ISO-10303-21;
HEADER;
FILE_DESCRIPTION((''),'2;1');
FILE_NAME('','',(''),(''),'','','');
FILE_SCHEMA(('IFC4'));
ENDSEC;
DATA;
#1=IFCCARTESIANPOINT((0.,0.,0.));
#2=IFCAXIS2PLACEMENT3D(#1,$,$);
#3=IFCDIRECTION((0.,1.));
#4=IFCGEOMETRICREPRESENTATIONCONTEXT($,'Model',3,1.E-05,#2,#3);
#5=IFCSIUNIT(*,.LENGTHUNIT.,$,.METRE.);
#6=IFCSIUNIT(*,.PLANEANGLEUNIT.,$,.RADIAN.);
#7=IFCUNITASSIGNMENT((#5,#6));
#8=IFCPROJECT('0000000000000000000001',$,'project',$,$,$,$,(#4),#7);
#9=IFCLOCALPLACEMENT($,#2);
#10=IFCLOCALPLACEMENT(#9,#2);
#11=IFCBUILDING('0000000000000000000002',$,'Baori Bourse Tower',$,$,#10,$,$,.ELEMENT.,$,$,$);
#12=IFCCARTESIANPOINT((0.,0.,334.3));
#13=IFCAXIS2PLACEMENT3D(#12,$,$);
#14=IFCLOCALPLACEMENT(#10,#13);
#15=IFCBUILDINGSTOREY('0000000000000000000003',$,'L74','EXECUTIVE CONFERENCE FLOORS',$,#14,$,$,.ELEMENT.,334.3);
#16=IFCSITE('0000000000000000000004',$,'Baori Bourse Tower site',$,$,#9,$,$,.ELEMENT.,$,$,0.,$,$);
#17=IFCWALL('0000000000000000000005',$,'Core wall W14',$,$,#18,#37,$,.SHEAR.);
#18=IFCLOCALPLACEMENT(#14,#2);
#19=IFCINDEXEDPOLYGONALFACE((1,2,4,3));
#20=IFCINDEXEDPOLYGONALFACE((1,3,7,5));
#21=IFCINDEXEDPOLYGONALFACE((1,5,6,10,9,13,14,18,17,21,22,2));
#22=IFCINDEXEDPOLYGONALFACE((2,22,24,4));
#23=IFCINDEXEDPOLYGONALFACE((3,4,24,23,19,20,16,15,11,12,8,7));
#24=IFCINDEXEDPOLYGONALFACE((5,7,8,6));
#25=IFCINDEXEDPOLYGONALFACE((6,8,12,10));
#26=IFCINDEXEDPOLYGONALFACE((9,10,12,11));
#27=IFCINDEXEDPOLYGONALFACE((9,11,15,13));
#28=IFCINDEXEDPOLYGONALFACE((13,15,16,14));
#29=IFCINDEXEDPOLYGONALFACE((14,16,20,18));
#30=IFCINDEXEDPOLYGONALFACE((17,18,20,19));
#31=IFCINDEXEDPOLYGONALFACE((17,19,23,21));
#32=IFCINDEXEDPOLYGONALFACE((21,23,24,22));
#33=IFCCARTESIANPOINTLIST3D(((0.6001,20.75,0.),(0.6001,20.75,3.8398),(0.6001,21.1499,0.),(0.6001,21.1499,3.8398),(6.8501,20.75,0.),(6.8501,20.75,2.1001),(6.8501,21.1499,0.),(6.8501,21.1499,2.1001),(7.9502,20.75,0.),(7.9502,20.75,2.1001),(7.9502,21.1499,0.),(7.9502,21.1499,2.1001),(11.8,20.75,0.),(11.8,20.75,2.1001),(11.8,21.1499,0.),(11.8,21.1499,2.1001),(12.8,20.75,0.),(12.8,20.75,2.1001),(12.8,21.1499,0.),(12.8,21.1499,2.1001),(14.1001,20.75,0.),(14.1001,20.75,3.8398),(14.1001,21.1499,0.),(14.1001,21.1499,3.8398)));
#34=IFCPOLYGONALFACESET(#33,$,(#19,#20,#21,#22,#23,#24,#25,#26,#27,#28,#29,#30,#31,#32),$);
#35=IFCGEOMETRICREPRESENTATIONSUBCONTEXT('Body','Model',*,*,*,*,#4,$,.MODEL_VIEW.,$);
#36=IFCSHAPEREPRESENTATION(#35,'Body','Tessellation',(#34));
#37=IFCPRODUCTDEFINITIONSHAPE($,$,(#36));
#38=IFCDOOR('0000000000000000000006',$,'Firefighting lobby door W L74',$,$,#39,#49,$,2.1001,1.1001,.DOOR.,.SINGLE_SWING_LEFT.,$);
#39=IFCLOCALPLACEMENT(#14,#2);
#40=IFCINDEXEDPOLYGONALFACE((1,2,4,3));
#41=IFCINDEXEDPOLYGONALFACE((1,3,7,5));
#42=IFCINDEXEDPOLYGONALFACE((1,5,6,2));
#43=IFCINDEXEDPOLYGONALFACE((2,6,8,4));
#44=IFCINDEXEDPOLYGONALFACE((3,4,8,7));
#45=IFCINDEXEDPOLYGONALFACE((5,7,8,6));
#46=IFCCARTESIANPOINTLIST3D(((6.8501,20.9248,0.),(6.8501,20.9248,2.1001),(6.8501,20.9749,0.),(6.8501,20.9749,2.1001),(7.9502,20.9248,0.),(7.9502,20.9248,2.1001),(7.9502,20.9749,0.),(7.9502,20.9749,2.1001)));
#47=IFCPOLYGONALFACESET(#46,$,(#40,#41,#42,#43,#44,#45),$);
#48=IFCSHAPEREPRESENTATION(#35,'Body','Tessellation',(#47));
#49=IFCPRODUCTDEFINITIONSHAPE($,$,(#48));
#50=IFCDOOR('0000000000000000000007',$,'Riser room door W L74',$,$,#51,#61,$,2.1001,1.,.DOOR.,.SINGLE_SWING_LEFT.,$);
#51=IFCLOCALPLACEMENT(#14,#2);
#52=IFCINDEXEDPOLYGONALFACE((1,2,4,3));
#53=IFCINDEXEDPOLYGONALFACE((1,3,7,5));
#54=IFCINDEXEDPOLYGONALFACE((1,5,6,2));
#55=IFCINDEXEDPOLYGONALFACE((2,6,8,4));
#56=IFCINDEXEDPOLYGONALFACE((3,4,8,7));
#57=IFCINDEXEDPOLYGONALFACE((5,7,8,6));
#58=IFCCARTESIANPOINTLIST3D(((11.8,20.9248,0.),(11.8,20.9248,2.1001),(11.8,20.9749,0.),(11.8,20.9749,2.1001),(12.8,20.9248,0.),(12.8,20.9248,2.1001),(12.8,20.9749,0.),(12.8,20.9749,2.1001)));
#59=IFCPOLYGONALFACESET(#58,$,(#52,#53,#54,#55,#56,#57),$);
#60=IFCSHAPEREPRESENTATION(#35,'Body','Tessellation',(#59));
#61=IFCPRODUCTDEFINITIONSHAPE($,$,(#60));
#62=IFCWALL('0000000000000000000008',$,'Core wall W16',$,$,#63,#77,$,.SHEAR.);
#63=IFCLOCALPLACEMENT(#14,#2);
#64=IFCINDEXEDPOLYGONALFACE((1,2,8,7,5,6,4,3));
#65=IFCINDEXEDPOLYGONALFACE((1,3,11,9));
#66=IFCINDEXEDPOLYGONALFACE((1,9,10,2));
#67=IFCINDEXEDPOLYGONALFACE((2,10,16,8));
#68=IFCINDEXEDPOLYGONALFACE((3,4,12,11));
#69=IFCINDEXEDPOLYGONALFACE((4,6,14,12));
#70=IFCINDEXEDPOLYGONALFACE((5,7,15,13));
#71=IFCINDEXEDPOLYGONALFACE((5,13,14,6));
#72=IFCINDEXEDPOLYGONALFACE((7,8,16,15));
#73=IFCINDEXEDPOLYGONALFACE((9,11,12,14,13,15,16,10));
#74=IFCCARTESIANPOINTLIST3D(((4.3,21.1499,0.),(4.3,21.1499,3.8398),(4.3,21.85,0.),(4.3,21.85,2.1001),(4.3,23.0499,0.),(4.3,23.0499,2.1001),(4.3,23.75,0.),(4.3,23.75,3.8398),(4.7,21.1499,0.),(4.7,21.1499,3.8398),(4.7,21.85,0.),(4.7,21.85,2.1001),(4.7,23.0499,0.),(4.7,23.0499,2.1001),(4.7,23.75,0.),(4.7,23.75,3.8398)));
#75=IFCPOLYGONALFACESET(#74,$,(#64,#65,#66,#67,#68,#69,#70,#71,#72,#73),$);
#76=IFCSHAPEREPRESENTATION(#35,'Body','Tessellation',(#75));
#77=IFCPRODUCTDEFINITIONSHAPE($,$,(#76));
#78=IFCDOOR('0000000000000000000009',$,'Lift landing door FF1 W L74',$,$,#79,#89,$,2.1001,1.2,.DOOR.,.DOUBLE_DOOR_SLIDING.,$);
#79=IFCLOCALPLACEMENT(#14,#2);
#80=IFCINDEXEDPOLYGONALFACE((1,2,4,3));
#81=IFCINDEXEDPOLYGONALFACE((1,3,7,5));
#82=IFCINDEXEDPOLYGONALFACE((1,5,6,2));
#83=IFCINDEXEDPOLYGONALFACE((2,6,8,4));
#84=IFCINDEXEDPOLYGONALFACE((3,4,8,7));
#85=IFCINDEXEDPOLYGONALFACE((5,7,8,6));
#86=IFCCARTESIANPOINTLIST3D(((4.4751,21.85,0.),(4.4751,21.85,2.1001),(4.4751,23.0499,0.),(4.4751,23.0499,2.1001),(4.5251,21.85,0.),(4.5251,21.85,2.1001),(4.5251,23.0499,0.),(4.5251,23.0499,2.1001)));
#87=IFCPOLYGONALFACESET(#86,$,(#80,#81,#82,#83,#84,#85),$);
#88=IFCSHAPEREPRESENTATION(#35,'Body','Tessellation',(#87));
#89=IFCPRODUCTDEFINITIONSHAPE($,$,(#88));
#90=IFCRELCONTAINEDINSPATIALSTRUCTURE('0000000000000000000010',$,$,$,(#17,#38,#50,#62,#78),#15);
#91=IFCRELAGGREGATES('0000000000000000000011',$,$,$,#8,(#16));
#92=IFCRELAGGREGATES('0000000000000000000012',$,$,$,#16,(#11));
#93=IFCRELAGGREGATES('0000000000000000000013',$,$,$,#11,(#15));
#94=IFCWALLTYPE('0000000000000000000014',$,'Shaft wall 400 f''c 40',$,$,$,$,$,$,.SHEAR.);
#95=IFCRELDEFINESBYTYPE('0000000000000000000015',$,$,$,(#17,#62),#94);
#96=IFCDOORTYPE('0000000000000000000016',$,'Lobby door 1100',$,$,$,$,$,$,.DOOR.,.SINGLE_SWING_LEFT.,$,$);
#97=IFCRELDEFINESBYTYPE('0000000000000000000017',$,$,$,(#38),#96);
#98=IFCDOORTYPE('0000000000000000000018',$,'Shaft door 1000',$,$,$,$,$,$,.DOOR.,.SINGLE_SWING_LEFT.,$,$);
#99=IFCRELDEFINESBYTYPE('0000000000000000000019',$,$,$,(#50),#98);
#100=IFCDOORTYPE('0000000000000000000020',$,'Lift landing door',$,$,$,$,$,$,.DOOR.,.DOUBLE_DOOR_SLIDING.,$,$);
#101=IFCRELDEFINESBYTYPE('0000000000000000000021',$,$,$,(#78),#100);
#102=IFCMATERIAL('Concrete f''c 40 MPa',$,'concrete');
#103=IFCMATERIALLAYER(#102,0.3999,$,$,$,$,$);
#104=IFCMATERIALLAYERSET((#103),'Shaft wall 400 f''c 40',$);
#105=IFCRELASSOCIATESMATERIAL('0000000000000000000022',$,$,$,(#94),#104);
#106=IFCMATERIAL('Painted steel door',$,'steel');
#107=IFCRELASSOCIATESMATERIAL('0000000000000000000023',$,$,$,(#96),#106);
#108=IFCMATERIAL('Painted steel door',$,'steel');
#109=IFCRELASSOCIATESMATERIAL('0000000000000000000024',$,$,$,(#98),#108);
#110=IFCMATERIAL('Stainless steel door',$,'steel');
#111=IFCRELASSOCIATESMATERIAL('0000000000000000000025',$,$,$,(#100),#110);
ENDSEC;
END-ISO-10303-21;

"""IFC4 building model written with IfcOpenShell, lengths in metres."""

from ifc_helpers import new_model, si_unit, direction, frame, frame_2d, origin, place, context, subcontext, project, spatial, rectangle, extrude, material, layer, layer_set, type_object, element, fill, save


model = new_model("IFC4")

# Units and contexts
model_context = context("Model", 3, precision=1e-05, world=origin(), true_north=direction((0.0, 1.0)))
body_context = subcontext(model_context, "Body", "Model", "MODEL_VIEW")
ifc_project = project(units=[si_unit("LENGTHUNIT", "METRE"), si_unit("PLANEANGLEUNIT", "RADIAN")], contexts=[model_context])

# Site, building, storey
site_placement = place(None, origin())
site = spatial("IfcSite", under=ifc_project, at=site_placement, Name="Baori Bourse Tower site", CompositionType="ELEMENT", RefElevation=0.0)
building_placement = place(site_placement, origin())
building = spatial("IfcBuilding", under=site, at=building_placement, Name="Baori Bourse Tower", CompositionType="ELEMENT")
storey_placement = place(building_placement, frame((0.0, 0.0, 334.3)))
storey = spatial("IfcBuildingStorey", under=building, at=storey_placement, Name="L74", Description="EXECUTIVE CONFERENCE FLOORS", CompositionType="ELEMENT", Elevation=334.3)

# Shared definitions
ifc_material_1 = material(Name="Concrete f'c 40 MPa", Category="concrete")
ifc_layer_1 = layer(ifc_material_1, 0.3999)
ifc_layer_set_1 = layer_set([ifc_layer_1], Name="Shaft wall 400 f'c 40")
wall_type_1 = type_object("IfcWallType", Name="Shaft wall 400 f'c 40", PredefinedType="SHEAR", material=ifc_layer_set_1)

# Wall, openings, doors
wall_1_placement = place(storey_placement, frame((0.6001, 20.95, 0.0), z_axis=(0.0, 0.0, 1.0), x_axis=(1.0, 0.0, 0.0)))
wall_1 = element("IfcWall", 1, at=wall_1_placement, inside=storey, type_object=wall_type_1, Name="Core wall W14", PredefinedType="SHEAR", context=body_context, shape_type="SweptSolid", body=[
    extrude(rectangle(XDim=13.5, YDim=0.3999, at=frame_2d((6.75, 0.0))), origin(), (0.0, 0.0, 1.0), 3.8398),
])
opening_1_placement = place(wall_1_placement, frame((6.25, 0.0, 0.0)))
opening_1 = element("IfcOpeningElement", 2, at=opening_1_placement, cuts=wall_1, PredefinedType="OPENING", context=body_context, shape_type="SweptSolid", body=[
    extrude(rectangle(XDim=1.1001, YDim=2.1001, at=frame_2d((0.55, 1.05))), frame((0.0, 0.21, 0.0), z_axis=(0.0, -1.0, 0.0), x_axis=(1.0, 0.0, 0.0)), (0.0, 0.0, 1.0), 0.4199),
])
opening_2_placement = place(wall_1_placement, frame((11.2, 0.0, 0.0)))
opening_2 = element("IfcOpeningElement", 3, at=opening_2_placement, cuts=wall_1, PredefinedType="OPENING", context=body_context, shape_type="SweptSolid", body=[
    extrude(rectangle(XDim=1.0, YDim=2.1001, at=frame_2d((0.5, 1.05))), frame((0.0, 0.21, 0.0), z_axis=(0.0, -1.0, 0.0), x_axis=(1.0, 0.0, 0.0)), (0.0, 0.0, 1.0), 0.4199),
])
ifc_material_2 = material(Name="Painted steel door", Category="steel")
door_type_1 = type_object("IfcDoorType", Name="Lobby door 1100", OperationType="SINGLE_SWING_LEFT", PredefinedType="DOOR", material=ifc_material_2)
door_1_placement = place(opening_1_placement, origin())
door_1 = element("IfcDoor", 4, at=door_1_placement, inside=storey, type_object=door_type_1, Name="Firefighting lobby door W L74", OperationType="SINGLE_SWING_LEFT", OverallHeight=2.1001, OverallWidth=1.1001, PredefinedType="DOOR", context=body_context, shape_type="SweptSolid", body=[
    extrude(rectangle(XDim=1.1001, YDim=2.1001, at=frame_2d((0.55, 1.05))), frame((0.0, 0.0249, 0.0), z_axis=(0.0, -1.0, 0.0), x_axis=(1.0, 0.0, 0.0)), (0.0, 0.0, 1.0), 0.05),
])
fill(opening_1, door_1)
ifc_material_3 = material(Name="Painted steel door", Category="steel")
door_type_2 = type_object("IfcDoorType", Name="Shaft door 1000", OperationType="SINGLE_SWING_LEFT", PredefinedType="DOOR", material=ifc_material_3)
door_2_placement = place(opening_2_placement, origin())
door_2 = element("IfcDoor", 5, at=door_2_placement, inside=storey, type_object=door_type_2, Name="Riser room door W L74", OperationType="SINGLE_SWING_LEFT", OverallHeight=2.1001, OverallWidth=1.0, PredefinedType="DOOR", context=body_context, shape_type="SweptSolid", body=[
    extrude(rectangle(XDim=1.0, YDim=2.1001, at=frame_2d((0.5, 1.05))), frame((0.0, 0.0249, 0.0), z_axis=(0.0, -1.0, 0.0), x_axis=(1.0, 0.0, 0.0)), (0.0, 0.0, 1.0), 0.05),
])
fill(opening_2, door_2)

# Wall, opening, door
wall_2_placement = place(storey_placement, frame((4.5, 21.1499, 0.0), z_axis=(0.0, 0.0, 1.0), x_axis=(0.0, 1.0, 0.0)))
wall_2 = element("IfcWall", 6, at=wall_2_placement, inside=storey, type_object=wall_type_1, Name="Core wall W16", PredefinedType="SHEAR", context=body_context, shape_type="SweptSolid", body=[
    extrude(rectangle(XDim=2.6001, YDim=0.3999, at=frame_2d((1.3, 0.0))), origin(), (0.0, 0.0, 1.0), 3.8398),
])
opening_3_placement = place(wall_2_placement, frame((0.7, 0.0, 0.0)))
opening_3 = element("IfcOpeningElement", 7, at=opening_3_placement, cuts=wall_2, PredefinedType="OPENING", context=body_context, shape_type="SweptSolid", body=[
    extrude(rectangle(XDim=1.2, YDim=2.1001, at=frame_2d((0.6001, 1.05))), frame((0.0, 0.21, 0.0), z_axis=(0.0, -1.0, 0.0), x_axis=(1.0, 0.0, 0.0)), (0.0, 0.0, 1.0), 0.4199),
])
ifc_material_4 = material(Name="Stainless steel door", Category="steel")
door_type_3 = type_object("IfcDoorType", Name="Lift landing door", OperationType="DOUBLE_DOOR_SLIDING", PredefinedType="DOOR", material=ifc_material_4)
door_3_placement = place(opening_3_placement, origin())
door_3 = element("IfcDoor", 8, at=door_3_placement, inside=storey, type_object=door_type_3, Name="Lift landing door FF1 W L74", OperationType="DOUBLE_DOOR_SLIDING", OverallHeight=2.1001, OverallWidth=1.2, PredefinedType="DOOR", context=body_context, shape_type="SweptSolid", body=[
    extrude(rectangle(XDim=1.2, YDim=2.1001, at=frame_2d((0.6001, 1.05))), frame((0.0, 0.0249, 0.0), z_axis=(0.0, -1.0, 0.0), x_axis=(1.0, 0.0, 0.0)), (0.0, 0.0, 1.0), 0.05),
])
fill(opening_3, door_3)

save(model, "model.ifc")
